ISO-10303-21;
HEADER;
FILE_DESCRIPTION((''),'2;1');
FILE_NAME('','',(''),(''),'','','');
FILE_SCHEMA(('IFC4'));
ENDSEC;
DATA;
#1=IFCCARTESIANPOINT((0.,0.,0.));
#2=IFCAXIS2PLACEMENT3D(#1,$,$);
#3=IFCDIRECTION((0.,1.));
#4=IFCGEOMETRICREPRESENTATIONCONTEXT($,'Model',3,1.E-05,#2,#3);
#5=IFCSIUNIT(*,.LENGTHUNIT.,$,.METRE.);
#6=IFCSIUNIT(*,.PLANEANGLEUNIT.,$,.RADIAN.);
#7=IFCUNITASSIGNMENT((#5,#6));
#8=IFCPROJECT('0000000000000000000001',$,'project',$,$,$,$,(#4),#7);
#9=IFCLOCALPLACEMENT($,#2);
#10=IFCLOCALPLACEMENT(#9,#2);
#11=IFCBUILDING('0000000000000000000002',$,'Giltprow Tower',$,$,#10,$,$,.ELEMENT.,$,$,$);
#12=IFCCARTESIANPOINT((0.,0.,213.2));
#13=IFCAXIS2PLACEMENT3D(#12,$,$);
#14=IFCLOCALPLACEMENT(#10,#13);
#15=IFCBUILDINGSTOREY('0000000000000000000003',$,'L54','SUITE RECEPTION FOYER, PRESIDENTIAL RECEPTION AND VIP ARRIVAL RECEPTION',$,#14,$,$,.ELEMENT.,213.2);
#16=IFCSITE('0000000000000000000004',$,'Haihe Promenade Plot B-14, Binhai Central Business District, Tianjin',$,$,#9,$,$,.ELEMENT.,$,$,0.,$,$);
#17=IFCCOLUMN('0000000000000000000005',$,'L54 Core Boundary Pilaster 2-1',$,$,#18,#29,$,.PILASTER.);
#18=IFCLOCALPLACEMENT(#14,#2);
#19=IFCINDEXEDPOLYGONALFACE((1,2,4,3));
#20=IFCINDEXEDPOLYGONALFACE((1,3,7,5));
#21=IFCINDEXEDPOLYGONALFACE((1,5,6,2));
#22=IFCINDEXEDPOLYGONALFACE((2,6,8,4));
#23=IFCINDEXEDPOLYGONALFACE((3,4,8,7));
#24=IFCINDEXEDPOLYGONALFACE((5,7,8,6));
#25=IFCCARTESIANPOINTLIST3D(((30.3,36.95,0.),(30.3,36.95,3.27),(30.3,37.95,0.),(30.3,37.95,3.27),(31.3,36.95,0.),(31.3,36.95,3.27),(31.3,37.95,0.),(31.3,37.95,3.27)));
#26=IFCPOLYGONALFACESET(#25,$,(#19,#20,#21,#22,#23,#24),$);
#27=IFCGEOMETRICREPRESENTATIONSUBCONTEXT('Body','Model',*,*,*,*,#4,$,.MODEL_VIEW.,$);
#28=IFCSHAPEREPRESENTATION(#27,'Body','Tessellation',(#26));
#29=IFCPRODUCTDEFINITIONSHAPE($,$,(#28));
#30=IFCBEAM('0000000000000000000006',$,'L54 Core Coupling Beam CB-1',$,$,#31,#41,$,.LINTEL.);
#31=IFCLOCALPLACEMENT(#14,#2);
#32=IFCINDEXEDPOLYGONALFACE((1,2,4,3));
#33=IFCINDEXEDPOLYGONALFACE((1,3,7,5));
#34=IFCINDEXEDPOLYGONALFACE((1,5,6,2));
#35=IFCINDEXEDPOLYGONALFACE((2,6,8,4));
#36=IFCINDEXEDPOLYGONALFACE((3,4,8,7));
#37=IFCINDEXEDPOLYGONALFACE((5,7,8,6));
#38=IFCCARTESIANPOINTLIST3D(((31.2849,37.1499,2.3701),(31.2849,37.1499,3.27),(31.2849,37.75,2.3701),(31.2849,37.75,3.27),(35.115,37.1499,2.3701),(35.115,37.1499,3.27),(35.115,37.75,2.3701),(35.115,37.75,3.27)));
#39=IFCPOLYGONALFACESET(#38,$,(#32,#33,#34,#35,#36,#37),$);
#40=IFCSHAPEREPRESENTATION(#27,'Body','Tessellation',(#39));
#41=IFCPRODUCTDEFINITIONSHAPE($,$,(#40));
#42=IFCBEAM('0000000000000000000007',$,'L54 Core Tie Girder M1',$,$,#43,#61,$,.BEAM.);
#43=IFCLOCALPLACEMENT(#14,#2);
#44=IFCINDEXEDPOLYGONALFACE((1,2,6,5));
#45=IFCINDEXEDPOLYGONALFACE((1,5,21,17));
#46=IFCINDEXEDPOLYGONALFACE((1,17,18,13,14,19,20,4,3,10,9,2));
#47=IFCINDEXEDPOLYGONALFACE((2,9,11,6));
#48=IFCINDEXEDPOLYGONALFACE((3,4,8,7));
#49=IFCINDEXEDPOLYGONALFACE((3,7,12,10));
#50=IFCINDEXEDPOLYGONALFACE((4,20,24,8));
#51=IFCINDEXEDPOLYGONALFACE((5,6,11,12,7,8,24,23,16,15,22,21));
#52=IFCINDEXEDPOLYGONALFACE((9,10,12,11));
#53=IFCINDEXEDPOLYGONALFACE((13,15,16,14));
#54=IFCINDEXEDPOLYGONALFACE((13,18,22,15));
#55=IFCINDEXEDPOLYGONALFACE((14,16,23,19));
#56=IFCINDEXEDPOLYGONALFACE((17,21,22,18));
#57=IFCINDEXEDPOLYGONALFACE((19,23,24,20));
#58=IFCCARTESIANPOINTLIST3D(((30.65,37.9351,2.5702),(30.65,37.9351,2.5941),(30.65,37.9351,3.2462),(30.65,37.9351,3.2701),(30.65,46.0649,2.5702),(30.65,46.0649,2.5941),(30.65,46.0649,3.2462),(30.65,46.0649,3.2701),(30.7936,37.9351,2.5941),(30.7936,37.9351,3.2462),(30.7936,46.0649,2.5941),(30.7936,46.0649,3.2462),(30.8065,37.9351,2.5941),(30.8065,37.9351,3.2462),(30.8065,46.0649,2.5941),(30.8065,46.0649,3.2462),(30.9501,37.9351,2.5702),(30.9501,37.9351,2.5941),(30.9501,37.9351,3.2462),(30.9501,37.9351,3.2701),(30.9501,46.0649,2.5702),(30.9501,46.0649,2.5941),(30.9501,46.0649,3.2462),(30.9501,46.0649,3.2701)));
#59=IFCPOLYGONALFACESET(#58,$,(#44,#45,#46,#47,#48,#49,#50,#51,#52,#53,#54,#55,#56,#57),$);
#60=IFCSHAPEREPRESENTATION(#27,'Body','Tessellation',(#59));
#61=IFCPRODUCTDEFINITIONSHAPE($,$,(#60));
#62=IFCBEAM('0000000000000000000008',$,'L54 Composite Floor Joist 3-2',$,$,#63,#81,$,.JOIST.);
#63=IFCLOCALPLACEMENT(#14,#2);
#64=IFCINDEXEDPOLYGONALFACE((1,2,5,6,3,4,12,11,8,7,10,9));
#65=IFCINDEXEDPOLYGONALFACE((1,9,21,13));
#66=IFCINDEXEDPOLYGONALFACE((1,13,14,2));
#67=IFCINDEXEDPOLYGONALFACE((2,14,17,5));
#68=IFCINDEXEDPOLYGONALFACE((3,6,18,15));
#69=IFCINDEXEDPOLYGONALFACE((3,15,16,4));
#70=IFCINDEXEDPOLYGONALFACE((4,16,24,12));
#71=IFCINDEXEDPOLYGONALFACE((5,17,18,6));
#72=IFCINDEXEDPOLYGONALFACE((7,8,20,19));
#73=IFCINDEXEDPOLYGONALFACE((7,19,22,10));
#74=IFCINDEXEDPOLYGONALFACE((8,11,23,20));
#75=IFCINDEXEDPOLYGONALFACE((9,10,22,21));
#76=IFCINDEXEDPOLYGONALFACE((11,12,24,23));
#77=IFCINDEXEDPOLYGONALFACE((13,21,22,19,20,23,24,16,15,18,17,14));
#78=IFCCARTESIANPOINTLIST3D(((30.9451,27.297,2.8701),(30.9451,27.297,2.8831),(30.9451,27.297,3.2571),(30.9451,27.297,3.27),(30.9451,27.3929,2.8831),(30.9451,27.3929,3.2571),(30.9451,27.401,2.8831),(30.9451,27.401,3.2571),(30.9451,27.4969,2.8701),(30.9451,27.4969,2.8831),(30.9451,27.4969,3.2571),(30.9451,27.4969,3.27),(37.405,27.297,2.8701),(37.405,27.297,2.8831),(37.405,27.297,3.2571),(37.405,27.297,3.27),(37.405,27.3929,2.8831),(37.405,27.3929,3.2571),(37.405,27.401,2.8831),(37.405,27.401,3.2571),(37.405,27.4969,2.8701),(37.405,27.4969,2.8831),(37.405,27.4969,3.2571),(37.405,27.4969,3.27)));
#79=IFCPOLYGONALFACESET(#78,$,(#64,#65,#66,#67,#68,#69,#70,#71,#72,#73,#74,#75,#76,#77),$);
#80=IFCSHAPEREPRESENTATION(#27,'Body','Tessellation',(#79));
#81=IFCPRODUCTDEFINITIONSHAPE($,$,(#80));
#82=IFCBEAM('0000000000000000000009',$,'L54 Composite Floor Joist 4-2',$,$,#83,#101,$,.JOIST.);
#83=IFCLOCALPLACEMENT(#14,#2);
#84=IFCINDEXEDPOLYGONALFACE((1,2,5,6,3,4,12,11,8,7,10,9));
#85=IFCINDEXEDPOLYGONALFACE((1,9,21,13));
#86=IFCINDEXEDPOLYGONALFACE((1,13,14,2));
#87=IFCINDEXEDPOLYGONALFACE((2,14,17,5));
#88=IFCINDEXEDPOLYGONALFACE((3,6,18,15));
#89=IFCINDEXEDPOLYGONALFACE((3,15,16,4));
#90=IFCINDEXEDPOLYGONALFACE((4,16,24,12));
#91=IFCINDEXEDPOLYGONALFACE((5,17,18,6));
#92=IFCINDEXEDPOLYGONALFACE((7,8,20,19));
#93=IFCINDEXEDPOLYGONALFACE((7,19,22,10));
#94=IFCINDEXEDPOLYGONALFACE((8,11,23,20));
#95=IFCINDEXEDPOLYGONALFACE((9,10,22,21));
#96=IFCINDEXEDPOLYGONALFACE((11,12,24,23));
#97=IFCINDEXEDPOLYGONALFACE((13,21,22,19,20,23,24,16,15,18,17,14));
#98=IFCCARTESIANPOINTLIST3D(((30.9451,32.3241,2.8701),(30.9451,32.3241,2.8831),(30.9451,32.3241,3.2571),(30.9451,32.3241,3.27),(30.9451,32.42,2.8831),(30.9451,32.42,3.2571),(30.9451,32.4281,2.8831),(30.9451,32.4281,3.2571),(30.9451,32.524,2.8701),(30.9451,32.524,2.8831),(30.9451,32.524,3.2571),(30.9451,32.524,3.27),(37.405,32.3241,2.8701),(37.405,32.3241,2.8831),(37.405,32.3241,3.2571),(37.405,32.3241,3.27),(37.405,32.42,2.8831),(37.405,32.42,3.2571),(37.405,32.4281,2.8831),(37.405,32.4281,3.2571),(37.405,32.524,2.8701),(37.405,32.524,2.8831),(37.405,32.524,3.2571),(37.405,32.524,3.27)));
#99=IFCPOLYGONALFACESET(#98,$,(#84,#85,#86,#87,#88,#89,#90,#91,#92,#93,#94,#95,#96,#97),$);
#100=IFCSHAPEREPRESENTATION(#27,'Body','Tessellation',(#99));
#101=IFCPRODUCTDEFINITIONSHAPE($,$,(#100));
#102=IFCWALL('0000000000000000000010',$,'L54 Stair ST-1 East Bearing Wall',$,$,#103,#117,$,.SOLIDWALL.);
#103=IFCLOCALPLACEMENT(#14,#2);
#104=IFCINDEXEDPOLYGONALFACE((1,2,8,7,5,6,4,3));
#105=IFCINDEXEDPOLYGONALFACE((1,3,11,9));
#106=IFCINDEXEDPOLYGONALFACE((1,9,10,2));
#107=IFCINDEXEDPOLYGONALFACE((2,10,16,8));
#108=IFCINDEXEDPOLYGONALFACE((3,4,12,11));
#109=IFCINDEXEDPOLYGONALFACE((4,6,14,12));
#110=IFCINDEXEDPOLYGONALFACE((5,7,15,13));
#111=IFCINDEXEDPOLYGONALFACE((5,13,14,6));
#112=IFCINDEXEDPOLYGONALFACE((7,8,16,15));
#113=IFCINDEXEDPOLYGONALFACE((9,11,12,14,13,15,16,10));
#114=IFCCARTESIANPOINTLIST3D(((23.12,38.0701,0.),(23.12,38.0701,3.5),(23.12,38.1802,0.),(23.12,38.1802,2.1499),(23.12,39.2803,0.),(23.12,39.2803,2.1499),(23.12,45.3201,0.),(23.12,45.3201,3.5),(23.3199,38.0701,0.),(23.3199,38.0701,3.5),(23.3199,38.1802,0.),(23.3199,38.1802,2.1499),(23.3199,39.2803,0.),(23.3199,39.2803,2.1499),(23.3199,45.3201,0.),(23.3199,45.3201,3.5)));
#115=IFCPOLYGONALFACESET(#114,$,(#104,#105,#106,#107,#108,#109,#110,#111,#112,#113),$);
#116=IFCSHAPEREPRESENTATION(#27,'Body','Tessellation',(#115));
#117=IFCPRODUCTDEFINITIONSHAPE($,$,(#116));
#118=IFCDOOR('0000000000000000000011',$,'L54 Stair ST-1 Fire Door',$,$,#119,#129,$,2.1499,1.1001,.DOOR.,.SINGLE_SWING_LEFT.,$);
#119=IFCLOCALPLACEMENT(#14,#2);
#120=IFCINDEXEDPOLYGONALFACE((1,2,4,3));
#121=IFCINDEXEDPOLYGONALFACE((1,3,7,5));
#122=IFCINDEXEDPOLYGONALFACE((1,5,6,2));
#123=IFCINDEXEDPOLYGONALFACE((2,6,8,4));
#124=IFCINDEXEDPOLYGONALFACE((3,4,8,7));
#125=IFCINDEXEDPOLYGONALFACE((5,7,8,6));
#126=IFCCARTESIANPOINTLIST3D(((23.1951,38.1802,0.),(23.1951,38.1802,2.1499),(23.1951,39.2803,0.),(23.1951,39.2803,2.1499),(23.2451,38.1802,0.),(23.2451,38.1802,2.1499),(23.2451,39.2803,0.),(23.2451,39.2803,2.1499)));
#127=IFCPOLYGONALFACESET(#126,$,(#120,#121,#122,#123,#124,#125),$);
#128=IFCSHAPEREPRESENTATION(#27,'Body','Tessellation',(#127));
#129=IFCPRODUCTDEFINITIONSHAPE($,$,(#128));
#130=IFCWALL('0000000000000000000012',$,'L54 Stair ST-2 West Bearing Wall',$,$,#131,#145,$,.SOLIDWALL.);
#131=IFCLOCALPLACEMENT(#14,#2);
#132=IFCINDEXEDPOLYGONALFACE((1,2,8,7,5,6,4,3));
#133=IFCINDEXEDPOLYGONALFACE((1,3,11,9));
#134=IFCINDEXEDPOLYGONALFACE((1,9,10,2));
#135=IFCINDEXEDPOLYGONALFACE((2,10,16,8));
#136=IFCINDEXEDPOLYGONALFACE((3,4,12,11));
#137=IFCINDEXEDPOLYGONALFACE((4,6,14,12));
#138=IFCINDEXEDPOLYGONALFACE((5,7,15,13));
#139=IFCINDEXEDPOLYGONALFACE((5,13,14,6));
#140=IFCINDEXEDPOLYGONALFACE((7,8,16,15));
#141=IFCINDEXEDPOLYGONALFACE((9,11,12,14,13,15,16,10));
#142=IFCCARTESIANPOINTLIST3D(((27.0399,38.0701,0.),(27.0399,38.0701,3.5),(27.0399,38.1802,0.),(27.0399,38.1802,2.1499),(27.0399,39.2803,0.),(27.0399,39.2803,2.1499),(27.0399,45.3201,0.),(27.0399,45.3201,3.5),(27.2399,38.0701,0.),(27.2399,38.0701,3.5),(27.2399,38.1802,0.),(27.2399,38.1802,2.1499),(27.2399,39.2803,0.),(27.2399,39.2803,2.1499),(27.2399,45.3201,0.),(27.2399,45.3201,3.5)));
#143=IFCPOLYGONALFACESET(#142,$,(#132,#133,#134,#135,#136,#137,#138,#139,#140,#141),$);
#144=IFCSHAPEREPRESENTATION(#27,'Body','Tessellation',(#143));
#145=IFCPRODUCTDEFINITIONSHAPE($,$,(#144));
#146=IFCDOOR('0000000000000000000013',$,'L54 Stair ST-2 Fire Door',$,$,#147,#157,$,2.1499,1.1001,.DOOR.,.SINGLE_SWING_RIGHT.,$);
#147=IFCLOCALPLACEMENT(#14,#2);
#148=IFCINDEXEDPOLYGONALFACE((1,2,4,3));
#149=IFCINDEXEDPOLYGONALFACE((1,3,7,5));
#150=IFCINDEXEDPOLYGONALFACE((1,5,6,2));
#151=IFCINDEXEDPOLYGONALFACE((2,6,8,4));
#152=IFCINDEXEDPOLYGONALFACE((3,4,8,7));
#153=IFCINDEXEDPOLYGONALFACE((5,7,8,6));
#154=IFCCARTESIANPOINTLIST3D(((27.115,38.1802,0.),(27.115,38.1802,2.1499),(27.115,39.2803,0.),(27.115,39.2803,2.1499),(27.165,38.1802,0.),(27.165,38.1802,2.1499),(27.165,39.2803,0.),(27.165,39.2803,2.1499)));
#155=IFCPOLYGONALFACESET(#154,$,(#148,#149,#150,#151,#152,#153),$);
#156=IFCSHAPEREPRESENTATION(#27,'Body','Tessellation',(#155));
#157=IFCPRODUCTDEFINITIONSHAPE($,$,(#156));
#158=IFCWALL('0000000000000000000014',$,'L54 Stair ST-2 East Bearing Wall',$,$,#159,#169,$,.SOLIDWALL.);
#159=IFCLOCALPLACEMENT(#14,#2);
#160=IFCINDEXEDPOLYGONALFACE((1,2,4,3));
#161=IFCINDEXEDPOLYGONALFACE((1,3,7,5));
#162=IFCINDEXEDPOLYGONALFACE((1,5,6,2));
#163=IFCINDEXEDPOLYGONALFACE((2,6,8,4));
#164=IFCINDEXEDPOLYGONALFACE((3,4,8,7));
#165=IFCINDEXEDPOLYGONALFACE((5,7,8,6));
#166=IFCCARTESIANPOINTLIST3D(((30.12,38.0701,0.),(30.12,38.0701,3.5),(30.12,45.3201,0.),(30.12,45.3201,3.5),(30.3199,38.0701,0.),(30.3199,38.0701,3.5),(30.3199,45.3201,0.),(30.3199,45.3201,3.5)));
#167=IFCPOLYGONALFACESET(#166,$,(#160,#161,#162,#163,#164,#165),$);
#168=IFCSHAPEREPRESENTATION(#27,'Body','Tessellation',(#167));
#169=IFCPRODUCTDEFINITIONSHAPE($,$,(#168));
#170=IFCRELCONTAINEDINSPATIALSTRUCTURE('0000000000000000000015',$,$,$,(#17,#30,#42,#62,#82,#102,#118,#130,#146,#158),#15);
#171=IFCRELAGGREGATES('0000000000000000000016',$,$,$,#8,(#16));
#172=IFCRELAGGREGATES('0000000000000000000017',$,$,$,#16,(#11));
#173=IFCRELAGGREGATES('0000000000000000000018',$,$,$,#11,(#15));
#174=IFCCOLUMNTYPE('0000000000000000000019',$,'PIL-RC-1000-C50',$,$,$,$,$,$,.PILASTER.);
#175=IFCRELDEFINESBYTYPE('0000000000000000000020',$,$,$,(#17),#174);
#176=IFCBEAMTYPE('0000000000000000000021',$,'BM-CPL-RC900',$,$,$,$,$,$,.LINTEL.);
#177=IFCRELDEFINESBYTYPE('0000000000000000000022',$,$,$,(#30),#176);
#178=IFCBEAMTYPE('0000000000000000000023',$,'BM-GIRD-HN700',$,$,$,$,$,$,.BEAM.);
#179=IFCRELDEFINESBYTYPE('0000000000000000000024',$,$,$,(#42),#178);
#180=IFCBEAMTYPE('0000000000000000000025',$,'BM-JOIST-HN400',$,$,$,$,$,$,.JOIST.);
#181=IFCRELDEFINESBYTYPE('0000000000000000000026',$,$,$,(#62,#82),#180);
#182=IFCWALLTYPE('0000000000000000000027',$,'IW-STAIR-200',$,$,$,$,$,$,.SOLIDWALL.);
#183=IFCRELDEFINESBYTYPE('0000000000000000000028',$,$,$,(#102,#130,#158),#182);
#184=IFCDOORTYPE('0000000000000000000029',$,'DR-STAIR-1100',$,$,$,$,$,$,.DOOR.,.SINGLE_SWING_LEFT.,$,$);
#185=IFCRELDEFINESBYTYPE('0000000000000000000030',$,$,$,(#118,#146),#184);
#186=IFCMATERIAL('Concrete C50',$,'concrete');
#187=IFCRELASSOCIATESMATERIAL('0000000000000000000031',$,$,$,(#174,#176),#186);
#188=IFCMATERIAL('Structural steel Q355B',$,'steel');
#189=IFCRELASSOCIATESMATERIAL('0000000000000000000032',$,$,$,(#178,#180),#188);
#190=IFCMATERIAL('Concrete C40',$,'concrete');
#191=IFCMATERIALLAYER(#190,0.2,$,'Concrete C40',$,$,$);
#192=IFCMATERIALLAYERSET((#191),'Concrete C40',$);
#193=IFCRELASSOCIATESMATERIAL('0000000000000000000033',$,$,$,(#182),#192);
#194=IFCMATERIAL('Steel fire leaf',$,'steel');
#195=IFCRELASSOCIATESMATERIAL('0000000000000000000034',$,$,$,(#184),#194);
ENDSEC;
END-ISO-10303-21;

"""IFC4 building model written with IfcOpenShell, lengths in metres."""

from ifc_helpers import new_model, si_unit, direction, frame, frame_2d, origin, origin_2d, place, context, subcontext, project, spatial, rectangle, i_section, extrude, source, transform, mapped, material, layer, layer_set, material_profile, profile_set, type_object, element, fill, save


model = new_model("IFC4")

# Units and contexts
model_context = context("Model", 3, precision=1e-05, world=origin(), true_north=direction((0.0, 1.0)))
body_context = subcontext(model_context, "Body", "Model", "MODEL_VIEW")
ifc_project = project(units=[si_unit("LENGTHUNIT", "METRE"), si_unit("PLANEANGLEUNIT", "RADIAN")], contexts=[model_context])

# Site, building, storey
site_placement = place(None, origin())
site = spatial("IfcSite", under=ifc_project, at=site_placement, Name="Haihe Promenade Plot B-14, Binhai Central Business District, Tianjin", CompositionType="ELEMENT", RefElevation=0.0)
building_placement = place(site_placement, origin())
building = spatial("IfcBuilding", under=site, at=building_placement, Name="Giltprow Tower", CompositionType="ELEMENT")
storey_placement = place(building_placement, frame((0.0, 0.0, 213.2)))
storey = spatial("IfcBuildingStorey", under=building, at=storey_placement, Name="L54", Description="SUITE RECEPTION FOYER, PRESIDENTIAL RECEPTION AND VIP ARRIVAL RECEPTION", CompositionType="ELEMENT", Elevation=213.2)

# Column
ifc_material_1 = material(Name="Concrete C50", Category="concrete")
ifc_material_profile_1 = material_profile(ifc_material_1, rectangle(XDim=1.0, YDim=1.0, at=origin_2d()), Name="RC 1000x1000")
ifc_profile_set_1 = profile_set([ifc_material_profile_1], Name="Concrete C50")
column_type = type_object("IfcColumnType", Name="PIL-RC-1000-C50", PredefinedType="PILASTER", material=ifc_profile_set_1)
shared_shape_1 = source(origin(), body_context, "Body", "SweptSolid", [
    extrude(rectangle(XDim=1.0, YDim=1.0, at=origin_2d()), origin(), (0.0, 0.0, 1.0), 3.27),
])
column_placement = place(storey_placement, frame((30.8, 37.45, 0.0), z_axis=(0.0, 0.0, 1.0), x_axis=(1.0, 0.0, 0.0)))
element("IfcColumn", 1, at=column_placement, inside=storey, type_object=column_type, Name="L54 Core Boundary Pilaster 2-1", PredefinedType="PILASTER", context=body_context, shape_type="MappedRepresentation", body=[
    mapped(shared_shape_1, transform((0.0, 0.0, 0.0), x_axis=(1.0, 0.0, 0.0), y_axis=(0.0, 1.0, 0.0), z_axis=(0.0, 0.0, 1.0), scale=1.0)),
])

# Beams
ifc_material_profile_2 = material_profile(ifc_material_1, rectangle(XDim=0.6001, YDim=0.8999, at=origin_2d()), Name="RC 900x600")
ifc_profile_set_2 = profile_set([ifc_material_profile_2], Name="Concrete C50")
beam_type_1 = type_object("IfcBeamType", Name="BM-CPL-RC900", PredefinedType="LINTEL", material=ifc_profile_set_2)
shared_shape_2 = source(origin(), body_context, "Body", "SweptSolid", [
    extrude(rectangle(XDim=0.6001, YDim=0.8999, at=origin_2d()), origin(), (0.0, 0.0, 1.0), 3.8301),
])
beam_1_placement = place(storey_placement, frame((31.2849, 37.45, 2.8201), z_axis=(1.0, 0.0, 0.0), x_axis=(0.0, 1.0, 0.0)))
element("IfcBeam", 2, at=beam_1_placement, inside=storey, type_object=beam_type_1, Name="L54 Core Coupling Beam CB-1", PredefinedType="LINTEL", context=body_context, shape_type="MappedRepresentation", body=[
    mapped(shared_shape_2, transform((0.0, 0.0, 0.0), x_axis=(1.0, 0.0, 0.0), y_axis=(0.0, 1.0, 0.0), z_axis=(0.0, 0.0, 1.0), scale=1.0)),
])
ifc_material_2 = material(Name="Structural steel Q355B", Category="steel")
ifc_material_profile_3 = material_profile(ifc_material_2, i_section(OverallWidth=0.3, OverallDepth=0.7, WebThickness=0.0129, FlangeThickness=0.0239, at=origin_2d()), Name="HN 700x300x13x24")
ifc_profile_set_3 = profile_set([ifc_material_profile_3], Name="Structural steel Q355B")
beam_type_2 = type_object("IfcBeamType", Name="BM-GIRD-HN700", PredefinedType="BEAM", material=ifc_profile_set_3)
shared_shape_3 = source(origin(), body_context, "Body", "SweptSolid", [
    extrude(i_section(OverallWidth=0.3, OverallDepth=0.7, WebThickness=0.0129, FlangeThickness=0.0239, at=origin_2d()), origin(), (0.0, 0.0, 1.0), 8.1299),
])
beam_2_placement = place(storey_placement, frame((30.8, 37.9351, 2.9202), z_axis=(0.0, 1.0, 0.0), x_axis=(-1.0, 0.0, 0.0)))
element("IfcBeam", 3, at=beam_2_placement, inside=storey, type_object=beam_type_2, Name="L54 Core Tie Girder M1", PredefinedType="BEAM", context=body_context, shape_type="MappedRepresentation", body=[
    mapped(shared_shape_3, transform((0.0, 0.0, 0.0), x_axis=(1.0, 0.0, 0.0), y_axis=(0.0, 1.0, 0.0), z_axis=(0.0, 0.0, 1.0), scale=1.0)),
])
ifc_material_profile_4 = material_profile(ifc_material_2, i_section(OverallWidth=0.2, OverallDepth=0.3999, WebThickness=0.0081, FlangeThickness=0.0129, at=origin_2d()), Name="HN 400x200x8x13")
ifc_profile_set_4 = profile_set([ifc_material_profile_4], Name="Structural steel Q355B")
beam_type_3 = type_object("IfcBeamType", Name="BM-JOIST-HN400", PredefinedType="JOIST", material=ifc_profile_set_4)
shared_shape_4 = source(origin(), body_context, "Body", "SweptSolid", [
    extrude(i_section(OverallWidth=0.2, OverallDepth=0.3999, WebThickness=0.0081, FlangeThickness=0.0129, at=origin_2d()), origin(), (0.0, 0.0, 1.0), 6.46),
])
for number, where, z_axis, x_axis, name in (
    (4, (30.9451, 27.397, 3.0701), (1.0, 0.0, 0.0), (0.0, 1.0, 0.0), "L54 Composite Floor Joist 3-2"),
    (5, (30.9451, 32.4241, 3.0701), (1.0, 0.0, 0.0), (0.0, 1.0, 0.0), "L54 Composite Floor Joist 4-2"),
):
    element("IfcBeam", number, at=place(storey_placement, frame(where, z_axis=z_axis, x_axis=x_axis)), inside=storey, type_object=beam_type_3, Name=name, PredefinedType="JOIST", context=body_context, shape_type="MappedRepresentation", body=[
        mapped(shared_shape_4, transform((0.0, 0.0, 0.0), x_axis=(1.0, 0.0, 0.0), y_axis=(0.0, 1.0, 0.0), z_axis=(0.0, 0.0, 1.0), scale=1.0)),
    ])

# Walls, openings, doors
ifc_material_3 = material(Name="Concrete C40", Category="concrete")
ifc_layer = layer(ifc_material_3, 0.2, Name="Concrete C40")
ifc_layer_set = layer_set([ifc_layer], Name="Concrete C40")
wall_type = type_object("IfcWallType", Name="IW-STAIR-200", PredefinedType="SOLIDWALL", material=ifc_layer_set)
wall_1_placement = place(storey_placement, frame((23.22, 38.0701, 0.0), z_axis=(0.0, 0.0, 1.0), x_axis=(0.0, 1.0, 0.0)))
wall_1 = element("IfcWall", 6, at=wall_1_placement, inside=storey, type_object=wall_type, Name="L54 Stair ST-1 East Bearing Wall", PredefinedType="SOLIDWALL", context=body_context, shape_type="SweptSolid", body=[
    extrude(rectangle(XDim=7.25, YDim=0.2, at=frame_2d((3.625, 0.0))), origin(), (0.0, 0.0, 1.0), 3.5),
])
opening_1_placement = place(wall_1_placement, frame((0.1101, 0.0, 0.0)))
opening_1 = element("IfcOpeningElement", 7, at=opening_1_placement, cuts=wall_1, PredefinedType="OPENING", context=body_context, shape_type="SweptSolid", body=[
    extrude(rectangle(XDim=1.1001, YDim=2.1499, at=frame_2d((0.55, 1.075))), frame((0.0, 0.1099, 0.0), z_axis=(0.0, -1.0, 0.0), x_axis=(1.0, 0.0, 0.0)), (0.0, 0.0, 1.0), 0.22),
])
ifc_material_4 = material(Name="Steel fire leaf", Category="steel")
door_type = type_object("IfcDoorType", Name="DR-STAIR-1100", OperationType="SINGLE_SWING_LEFT", PredefinedType="DOOR", material=ifc_material_4)
shared_shape_5 = source(origin(), body_context, "Body", "SweptSolid", [
    extrude(rectangle(XDim=1.1001, YDim=2.1499, at=frame_2d((0.55, 1.075))), frame((0.0, 0.0249, 0.0), z_axis=(0.0, -1.0, 0.0), x_axis=(1.0, 0.0, 0.0)), (0.0, 0.0, 1.0), 0.05),
])
door_1_placement = place(opening_1_placement, origin())
door_1 = element("IfcDoor", 8, at=door_1_placement, inside=storey, type_object=door_type, Name="L54 Stair ST-1 Fire Door", OperationType="SINGLE_SWING_LEFT", OverallHeight=2.1499, OverallWidth=1.1001, PredefinedType="DOOR", context=body_context, shape_type="MappedRepresentation", body=[
    mapped(shared_shape_5, transform((0.0, 0.0, 0.0), x_axis=(1.0, 0.0, 0.0), y_axis=(0.0, 1.0, 0.0), z_axis=(0.0, 0.0, 1.0), scale=1.0)),
])
fill(opening_1, door_1)
wall_2_placement = place(storey_placement, frame((27.1399, 38.0701, 0.0), z_axis=(0.0, 0.0, 1.0), x_axis=(0.0, 1.0, 0.0)))
wall_2 = element("IfcWall", 9, at=wall_2_placement, inside=storey, type_object=wall_type, Name="L54 Stair ST-2 West Bearing Wall", PredefinedType="SOLIDWALL", context=body_context, shape_type="SweptSolid", body=[
    extrude(rectangle(XDim=7.25, YDim=0.2, at=frame_2d((3.625, 0.0))), origin(), (0.0, 0.0, 1.0), 3.5),
])
opening_2_placement = place(wall_2_placement, frame((0.1101, 0.0, 0.0)))
opening_2 = element("IfcOpeningElement", 10, at=opening_2_placement, cuts=wall_2, PredefinedType="OPENING", context=body_context, shape_type="SweptSolid", body=[
    extrude(rectangle(XDim=1.1001, YDim=2.1499, at=frame_2d((0.55, 1.075))), frame((0.0, 0.1099, 0.0), z_axis=(0.0, -1.0, 0.0), x_axis=(1.0, 0.0, 0.0)), (0.0, 0.0, 1.0), 0.22),
])
door_2_placement = place(opening_2_placement, origin())
door_2 = element("IfcDoor", 11, at=door_2_placement, inside=storey, type_object=door_type, Name="L54 Stair ST-2 Fire Door", OperationType="SINGLE_SWING_RIGHT", OverallHeight=2.1499, OverallWidth=1.1001, PredefinedType="DOOR", context=body_context, shape_type="MappedRepresentation", body=[
    mapped(shared_shape_5, transform((0.0, 0.0, 0.0), x_axis=(1.0, 0.0, 0.0), y_axis=(0.0, 1.0, 0.0), z_axis=(0.0, 0.0, 1.0), scale=1.0)),
])
fill(opening_2, door_2)

# Wall
wall_3_placement = place(storey_placement, frame((30.22, 38.0701, 0.0), z_axis=(0.0, 0.0, 1.0), x_axis=(0.0, 1.0, 0.0)))
element("IfcWall", 12, at=wall_3_placement, inside=storey, type_object=wall_type, Name="L54 Stair ST-2 East Bearing Wall", PredefinedType="SOLIDWALL", context=body_context, shape_type="SweptSolid", body=[
    extrude(rectangle(XDim=7.25, YDim=0.2, at=frame_2d((3.625, 0.0))), origin(), (0.0, 0.0, 1.0), 3.5),
])

save(model, "model.ifc")
